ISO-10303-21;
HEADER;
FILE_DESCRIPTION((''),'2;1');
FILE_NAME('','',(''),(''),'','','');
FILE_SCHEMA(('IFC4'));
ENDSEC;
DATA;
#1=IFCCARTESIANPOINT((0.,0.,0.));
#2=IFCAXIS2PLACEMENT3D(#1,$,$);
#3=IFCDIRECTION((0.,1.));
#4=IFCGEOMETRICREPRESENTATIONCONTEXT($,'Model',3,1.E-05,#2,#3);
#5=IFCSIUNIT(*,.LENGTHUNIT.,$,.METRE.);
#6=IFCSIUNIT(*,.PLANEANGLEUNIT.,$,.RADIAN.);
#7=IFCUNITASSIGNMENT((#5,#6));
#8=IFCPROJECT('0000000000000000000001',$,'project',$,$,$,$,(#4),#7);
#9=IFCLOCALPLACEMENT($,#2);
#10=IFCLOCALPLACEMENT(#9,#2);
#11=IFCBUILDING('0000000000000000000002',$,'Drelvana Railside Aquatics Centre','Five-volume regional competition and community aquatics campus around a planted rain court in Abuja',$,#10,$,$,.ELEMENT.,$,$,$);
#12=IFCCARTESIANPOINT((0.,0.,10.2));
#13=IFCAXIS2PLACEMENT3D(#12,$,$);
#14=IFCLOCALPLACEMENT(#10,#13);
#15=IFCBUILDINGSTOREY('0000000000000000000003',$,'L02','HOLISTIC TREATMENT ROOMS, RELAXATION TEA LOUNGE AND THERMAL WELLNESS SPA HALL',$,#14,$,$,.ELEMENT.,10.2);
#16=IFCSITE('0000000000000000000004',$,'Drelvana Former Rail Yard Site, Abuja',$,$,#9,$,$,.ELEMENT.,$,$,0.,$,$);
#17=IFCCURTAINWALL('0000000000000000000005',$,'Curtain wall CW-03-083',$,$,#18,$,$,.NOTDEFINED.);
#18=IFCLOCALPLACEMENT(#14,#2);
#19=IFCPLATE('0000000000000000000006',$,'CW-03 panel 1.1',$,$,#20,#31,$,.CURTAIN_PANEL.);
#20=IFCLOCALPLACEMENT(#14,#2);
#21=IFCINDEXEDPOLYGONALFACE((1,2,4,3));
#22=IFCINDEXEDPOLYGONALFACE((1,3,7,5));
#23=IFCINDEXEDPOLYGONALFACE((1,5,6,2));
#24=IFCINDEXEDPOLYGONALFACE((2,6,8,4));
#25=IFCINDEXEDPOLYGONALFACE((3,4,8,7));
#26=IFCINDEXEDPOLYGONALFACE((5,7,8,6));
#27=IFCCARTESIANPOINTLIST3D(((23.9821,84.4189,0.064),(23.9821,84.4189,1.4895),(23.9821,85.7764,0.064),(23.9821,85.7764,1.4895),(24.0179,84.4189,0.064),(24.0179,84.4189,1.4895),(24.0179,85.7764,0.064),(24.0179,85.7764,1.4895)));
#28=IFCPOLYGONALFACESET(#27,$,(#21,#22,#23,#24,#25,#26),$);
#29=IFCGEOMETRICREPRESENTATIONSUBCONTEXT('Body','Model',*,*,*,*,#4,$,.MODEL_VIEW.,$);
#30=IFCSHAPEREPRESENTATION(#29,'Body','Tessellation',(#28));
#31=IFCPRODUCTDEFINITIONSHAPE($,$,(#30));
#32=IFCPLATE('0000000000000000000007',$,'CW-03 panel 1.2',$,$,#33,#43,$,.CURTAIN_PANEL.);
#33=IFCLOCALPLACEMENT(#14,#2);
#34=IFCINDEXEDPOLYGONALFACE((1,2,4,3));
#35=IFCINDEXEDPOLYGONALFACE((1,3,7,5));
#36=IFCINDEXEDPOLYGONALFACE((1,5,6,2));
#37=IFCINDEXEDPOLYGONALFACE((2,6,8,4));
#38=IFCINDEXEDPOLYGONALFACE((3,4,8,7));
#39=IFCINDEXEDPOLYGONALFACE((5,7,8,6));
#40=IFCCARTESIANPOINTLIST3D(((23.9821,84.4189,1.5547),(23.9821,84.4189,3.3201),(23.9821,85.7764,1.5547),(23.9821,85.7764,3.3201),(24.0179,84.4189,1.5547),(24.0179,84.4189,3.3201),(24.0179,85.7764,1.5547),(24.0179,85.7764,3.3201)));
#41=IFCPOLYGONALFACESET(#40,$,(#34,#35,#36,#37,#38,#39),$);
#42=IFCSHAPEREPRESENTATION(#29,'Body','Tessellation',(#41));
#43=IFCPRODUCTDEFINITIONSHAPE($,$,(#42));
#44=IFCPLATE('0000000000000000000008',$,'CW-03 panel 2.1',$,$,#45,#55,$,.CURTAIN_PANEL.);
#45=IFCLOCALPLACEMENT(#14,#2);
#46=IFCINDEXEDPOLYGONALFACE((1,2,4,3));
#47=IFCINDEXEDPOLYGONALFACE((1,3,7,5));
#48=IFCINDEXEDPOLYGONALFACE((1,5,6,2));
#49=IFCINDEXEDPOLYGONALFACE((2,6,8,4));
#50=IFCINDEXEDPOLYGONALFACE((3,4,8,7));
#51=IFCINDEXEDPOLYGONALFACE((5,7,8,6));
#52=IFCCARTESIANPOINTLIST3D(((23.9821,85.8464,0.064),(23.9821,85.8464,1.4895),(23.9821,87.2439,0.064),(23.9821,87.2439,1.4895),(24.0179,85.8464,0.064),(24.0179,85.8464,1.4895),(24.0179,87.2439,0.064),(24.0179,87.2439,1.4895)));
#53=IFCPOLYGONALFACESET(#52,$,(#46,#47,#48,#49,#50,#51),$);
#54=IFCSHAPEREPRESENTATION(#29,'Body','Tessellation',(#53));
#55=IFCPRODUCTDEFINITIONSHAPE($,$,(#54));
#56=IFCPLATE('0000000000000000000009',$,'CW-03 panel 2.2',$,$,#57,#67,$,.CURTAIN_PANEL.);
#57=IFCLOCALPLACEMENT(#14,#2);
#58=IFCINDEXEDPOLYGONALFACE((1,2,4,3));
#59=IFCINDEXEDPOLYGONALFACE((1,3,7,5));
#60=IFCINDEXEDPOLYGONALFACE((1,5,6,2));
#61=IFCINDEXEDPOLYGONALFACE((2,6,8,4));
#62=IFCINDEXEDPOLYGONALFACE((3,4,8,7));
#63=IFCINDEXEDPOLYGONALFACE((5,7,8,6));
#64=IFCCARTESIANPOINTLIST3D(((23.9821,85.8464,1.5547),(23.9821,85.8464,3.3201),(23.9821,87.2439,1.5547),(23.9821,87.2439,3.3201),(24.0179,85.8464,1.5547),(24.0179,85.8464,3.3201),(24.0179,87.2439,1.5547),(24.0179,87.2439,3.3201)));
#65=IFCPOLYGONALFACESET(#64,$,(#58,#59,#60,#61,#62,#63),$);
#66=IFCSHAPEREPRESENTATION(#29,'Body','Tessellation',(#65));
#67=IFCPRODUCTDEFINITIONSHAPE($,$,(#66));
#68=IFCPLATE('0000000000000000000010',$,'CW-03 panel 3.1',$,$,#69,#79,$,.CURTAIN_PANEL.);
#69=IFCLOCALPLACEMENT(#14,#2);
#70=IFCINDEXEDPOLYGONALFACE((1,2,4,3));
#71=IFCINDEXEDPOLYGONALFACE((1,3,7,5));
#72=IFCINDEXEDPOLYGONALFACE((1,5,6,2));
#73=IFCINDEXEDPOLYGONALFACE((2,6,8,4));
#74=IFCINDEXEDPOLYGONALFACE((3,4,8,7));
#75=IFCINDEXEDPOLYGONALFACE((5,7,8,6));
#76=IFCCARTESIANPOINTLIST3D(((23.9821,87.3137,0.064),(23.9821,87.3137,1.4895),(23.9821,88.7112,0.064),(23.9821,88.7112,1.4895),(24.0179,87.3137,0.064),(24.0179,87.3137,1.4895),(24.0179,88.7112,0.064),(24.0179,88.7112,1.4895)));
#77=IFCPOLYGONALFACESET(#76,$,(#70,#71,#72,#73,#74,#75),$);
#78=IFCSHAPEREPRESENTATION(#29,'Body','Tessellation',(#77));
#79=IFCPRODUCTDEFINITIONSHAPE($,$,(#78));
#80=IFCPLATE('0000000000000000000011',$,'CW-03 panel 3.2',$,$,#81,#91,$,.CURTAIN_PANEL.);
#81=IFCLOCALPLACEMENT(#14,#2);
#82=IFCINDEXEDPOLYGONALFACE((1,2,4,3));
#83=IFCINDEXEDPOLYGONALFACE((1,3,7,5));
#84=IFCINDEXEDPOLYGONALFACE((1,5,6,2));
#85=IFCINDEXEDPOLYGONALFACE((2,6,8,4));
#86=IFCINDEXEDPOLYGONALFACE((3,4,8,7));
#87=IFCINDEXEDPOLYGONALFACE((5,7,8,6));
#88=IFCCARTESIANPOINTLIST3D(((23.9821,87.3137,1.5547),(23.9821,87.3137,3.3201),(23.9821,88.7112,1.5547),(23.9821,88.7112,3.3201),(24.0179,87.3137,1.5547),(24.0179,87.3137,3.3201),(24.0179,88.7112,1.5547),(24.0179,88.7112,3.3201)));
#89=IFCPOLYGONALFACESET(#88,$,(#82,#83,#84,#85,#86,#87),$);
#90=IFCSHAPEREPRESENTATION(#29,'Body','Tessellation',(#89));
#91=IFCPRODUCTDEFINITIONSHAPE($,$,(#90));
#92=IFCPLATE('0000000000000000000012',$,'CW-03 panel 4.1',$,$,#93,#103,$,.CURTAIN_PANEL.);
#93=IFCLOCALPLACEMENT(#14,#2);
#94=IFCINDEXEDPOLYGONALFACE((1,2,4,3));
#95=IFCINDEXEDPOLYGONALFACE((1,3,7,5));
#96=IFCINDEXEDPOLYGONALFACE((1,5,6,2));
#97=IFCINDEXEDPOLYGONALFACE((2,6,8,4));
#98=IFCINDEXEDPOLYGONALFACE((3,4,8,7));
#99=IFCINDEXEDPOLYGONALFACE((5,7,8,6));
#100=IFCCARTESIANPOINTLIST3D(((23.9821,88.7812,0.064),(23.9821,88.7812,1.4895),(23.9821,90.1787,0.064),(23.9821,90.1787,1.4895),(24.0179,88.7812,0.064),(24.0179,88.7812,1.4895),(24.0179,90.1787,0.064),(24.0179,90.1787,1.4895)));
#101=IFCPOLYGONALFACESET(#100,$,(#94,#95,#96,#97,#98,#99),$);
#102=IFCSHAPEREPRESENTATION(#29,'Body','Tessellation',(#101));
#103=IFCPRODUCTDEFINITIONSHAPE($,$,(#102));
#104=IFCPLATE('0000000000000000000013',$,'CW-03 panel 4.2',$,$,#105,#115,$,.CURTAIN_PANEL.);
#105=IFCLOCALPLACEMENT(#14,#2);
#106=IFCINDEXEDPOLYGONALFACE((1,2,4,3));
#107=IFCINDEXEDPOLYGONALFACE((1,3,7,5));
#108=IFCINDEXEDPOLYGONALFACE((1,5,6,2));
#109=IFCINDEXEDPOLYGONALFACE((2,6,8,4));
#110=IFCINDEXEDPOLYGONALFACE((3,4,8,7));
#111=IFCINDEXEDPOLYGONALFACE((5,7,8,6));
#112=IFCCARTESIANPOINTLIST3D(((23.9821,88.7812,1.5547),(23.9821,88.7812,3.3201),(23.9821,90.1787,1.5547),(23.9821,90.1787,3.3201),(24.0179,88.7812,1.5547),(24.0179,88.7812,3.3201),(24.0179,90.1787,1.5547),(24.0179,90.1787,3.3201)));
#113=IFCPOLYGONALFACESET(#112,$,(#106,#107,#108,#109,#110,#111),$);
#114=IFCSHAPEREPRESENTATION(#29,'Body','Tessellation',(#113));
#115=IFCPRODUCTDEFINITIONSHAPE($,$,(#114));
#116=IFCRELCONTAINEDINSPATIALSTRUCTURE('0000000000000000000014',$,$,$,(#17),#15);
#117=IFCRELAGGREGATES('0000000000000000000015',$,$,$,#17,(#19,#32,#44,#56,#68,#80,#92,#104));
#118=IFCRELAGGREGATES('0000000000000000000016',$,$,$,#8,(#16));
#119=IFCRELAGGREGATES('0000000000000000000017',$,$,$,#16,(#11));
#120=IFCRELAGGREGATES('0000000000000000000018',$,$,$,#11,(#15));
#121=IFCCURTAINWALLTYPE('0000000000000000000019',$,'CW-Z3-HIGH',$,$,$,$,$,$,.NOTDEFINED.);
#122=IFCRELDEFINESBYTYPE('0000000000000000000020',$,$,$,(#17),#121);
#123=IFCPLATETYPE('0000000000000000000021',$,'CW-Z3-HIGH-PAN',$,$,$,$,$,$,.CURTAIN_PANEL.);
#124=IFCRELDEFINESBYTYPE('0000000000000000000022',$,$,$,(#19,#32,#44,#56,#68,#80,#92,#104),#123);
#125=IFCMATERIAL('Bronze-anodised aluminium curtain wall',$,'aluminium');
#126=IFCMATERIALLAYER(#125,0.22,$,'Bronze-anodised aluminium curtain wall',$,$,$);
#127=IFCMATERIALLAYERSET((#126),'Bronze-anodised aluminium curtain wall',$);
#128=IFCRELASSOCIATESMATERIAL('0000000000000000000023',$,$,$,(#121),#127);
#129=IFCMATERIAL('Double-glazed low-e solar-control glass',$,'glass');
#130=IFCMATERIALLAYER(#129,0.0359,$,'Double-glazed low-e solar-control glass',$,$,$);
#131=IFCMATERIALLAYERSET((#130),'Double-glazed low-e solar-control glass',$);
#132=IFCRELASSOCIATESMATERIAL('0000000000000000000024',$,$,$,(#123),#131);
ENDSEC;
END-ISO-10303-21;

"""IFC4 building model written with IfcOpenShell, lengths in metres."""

from ifc_helpers import new_model, si_unit, direction, frame, origin, origin_2d, place, context, subcontext, project, spatial, rectangle, extrude, material, layer, layer_set, type_object, element, aggregate, save


model = new_model("IFC4")

# Units and contexts
model_context = context("Model", 3, precision=1e-05, world=origin(), true_north=direction((0.0, 1.0)))
body_context = subcontext(model_context, "Body", "Model", "MODEL_VIEW")
ifc_project = project(units=[si_unit("LENGTHUNIT", "METRE"), si_unit("PLANEANGLEUNIT", "RADIAN")], contexts=[model_context])

# Site, building, storey
site_placement = place(None, origin())
site = spatial("IfcSite", under=ifc_project, at=site_placement, Name="Drelvana Former Rail Yard Site, Abuja", CompositionType="ELEMENT", RefElevation=0.0)
building_placement = place(site_placement, origin())
building = spatial("IfcBuilding", under=site, at=building_placement, Name="Drelvana Railside Aquatics Centre", Description="Five-volume regional competition and community aquatics campus around a planted rain court in Abuja", CompositionType="ELEMENT")
storey_placement = place(building_placement, frame((0.0, 0.0, 10.2)))
storey = spatial("IfcBuildingStorey", under=building, at=storey_placement, Name="L02", Description="HOLISTIC TREATMENT ROOMS, RELAXATION TEA LOUNGE AND THERMAL WELLNESS SPA HALL", CompositionType="ELEMENT", Elevation=10.2)

# Curtain wall, plates
ifc_material_1 = material(Name="Bronze-anodised aluminium curtain wall", Category="aluminium")
ifc_layer_1 = layer(ifc_material_1, 0.22, Name="Bronze-anodised aluminium curtain wall")
ifc_layer_set_1 = layer_set([ifc_layer_1], Name="Bronze-anodised aluminium curtain wall")
curtain_wall_type = type_object("IfcCurtainWallType", Name="CW-Z3-HIGH", PredefinedType="NOTDEFINED", material=ifc_layer_set_1)
curtain_wall_placement = place(storey_placement, origin())
curtain_wall = element("IfcCurtainWall", 1, at=curtain_wall_placement, inside=storey, type_object=curtain_wall_type, Name="Curtain wall CW-03-083", PredefinedType="NOTDEFINED")
ifc_material_2 = material(Name="Double-glazed low-e solar-control glass", Category="glass")
ifc_layer_2 = layer(ifc_material_2, 0.0359, Name="Double-glazed low-e solar-control glass")
ifc_layer_set_2 = layer_set([ifc_layer_2], Name="Double-glazed low-e solar-control glass")
plate_type = type_object("IfcPlateType", Name="CW-Z3-HIGH-PAN", PredefinedType="CURTAIN_PANEL", material=ifc_layer_set_2)
plate_1_placement = place(storey_placement, frame((24.0, 85.0977, 0.064), z_axis=(0.0, 0.0, 1.0), x_axis=(0.0, 1.0, 0.0)))
plate_1 = element("IfcPlate", 2, at=plate_1_placement, type_object=plate_type, Name="CW-03 panel 1.1", PredefinedType="CURTAIN_PANEL", context=body_context, shape_type="SweptSolid", body=[
    extrude(rectangle(XDim=1.3574, YDim=0.0359, at=origin_2d()), origin(), (0.0, 0.0, 1.0), 1.4255),
])
plate_2_placement = place(storey_placement, frame((24.0, 85.0977, 1.5547), z_axis=(0.0, 0.0, 1.0), x_axis=(0.0, 1.0, 0.0)))
plate_2 = element("IfcPlate", 3, at=plate_2_placement, type_object=plate_type, Name="CW-03 panel 1.2", PredefinedType="CURTAIN_PANEL", context=body_context, shape_type="SweptSolid", body=[
    extrude(rectangle(XDim=1.3574, YDim=0.0359, at=origin_2d()), origin(), (0.0, 0.0, 1.0), 1.7654),
])
plate_3_placement = place(storey_placement, frame((24.0, 86.5452, 0.064), z_axis=(0.0, 0.0, 1.0), x_axis=(0.0, 1.0, 0.0)))
plate_3 = element("IfcPlate", 4, at=plate_3_placement, type_object=plate_type, Name="CW-03 panel 2.1", PredefinedType="CURTAIN_PANEL", context=body_context, shape_type="SweptSolid", body=[
    extrude(rectangle(XDim=1.3975, YDim=0.0359, at=origin_2d()), origin(), (0.0, 0.0, 1.0), 1.4255),
])
plate_4_placement = place(storey_placement, frame((24.0, 86.5452, 1.5547), z_axis=(0.0, 0.0, 1.0), x_axis=(0.0, 1.0, 0.0)))
plate_4 = element("IfcPlate", 5, at=plate_4_placement, type_object=plate_type, Name="CW-03 panel 2.2", PredefinedType="CURTAIN_PANEL", context=body_context, shape_type="SweptSolid", body=[
    extrude(rectangle(XDim=1.3975, YDim=0.0359, at=origin_2d()), origin(), (0.0, 0.0, 1.0), 1.7654),
])
plate_5_placement = place(storey_placement, frame((24.0, 88.0125, 0.064), z_axis=(0.0, 0.0, 1.0), x_axis=(0.0, 1.0, 0.0)))
plate_5 = element("IfcPlate", 6, at=plate_5_placement, type_object=plate_type, Name="CW-03 panel 3.1", PredefinedType="CURTAIN_PANEL", context=body_context, shape_type="SweptSolid", body=[
    extrude(rectangle(XDim=1.3975, YDim=0.0359, at=origin_2d()), origin(), (0.0, 0.0, 1.0), 1.4255),
])
plate_6_placement = place(storey_placement, frame((24.0, 88.0125, 1.5547), z_axis=(0.0, 0.0, 1.0), x_axis=(0.0, 1.0, 0.0)))
plate_6 = element("IfcPlate", 7, at=plate_6_placement, type_object=plate_type, Name="CW-03 panel 3.2", PredefinedType="CURTAIN_PANEL", context=body_context, shape_type="SweptSolid", body=[
    extrude(rectangle(XDim=1.3975, YDim=0.0359, at=origin_2d()), origin(), (0.0, 0.0, 1.0), 1.7654),
])
plate_7_placement = place(storey_placement, frame((24.0, 89.48, 0.064), z_axis=(0.0, 0.0, 1.0), x_axis=(0.0, 1.0, 0.0)))
plate_7 = element("IfcPlate", 8, at=plate_7_placement, type_object=plate_type, Name="CW-03 panel 4.1", PredefinedType="CURTAIN_PANEL", context=body_context, shape_type="SweptSolid", body=[
    extrude(rectangle(XDim=1.3975, YDim=0.0359, at=origin_2d()), origin(), (0.0, 0.0, 1.0), 1.4255),
])
plate_8_placement = place(storey_placement, frame((24.0, 89.48, 1.5547), z_axis=(0.0, 0.0, 1.0), x_axis=(0.0, 1.0, 0.0)))
plate_8 = element("IfcPlate", 9, at=plate_8_placement, type_object=plate_type, Name="CW-03 panel 4.2", PredefinedType="CURTAIN_PANEL", context=body_context, shape_type="SweptSolid", body=[
    extrude(rectangle(XDim=1.3975, YDim=0.0359, at=origin_2d()), origin(), (0.0, 0.0, 1.0), 1.7654),
])
aggregate(curtain_wall, [plate_1, plate_2, plate_3, plate_4, plate_5, plate_6, plate_7, plate_8])

save(model, "model.ifc")
